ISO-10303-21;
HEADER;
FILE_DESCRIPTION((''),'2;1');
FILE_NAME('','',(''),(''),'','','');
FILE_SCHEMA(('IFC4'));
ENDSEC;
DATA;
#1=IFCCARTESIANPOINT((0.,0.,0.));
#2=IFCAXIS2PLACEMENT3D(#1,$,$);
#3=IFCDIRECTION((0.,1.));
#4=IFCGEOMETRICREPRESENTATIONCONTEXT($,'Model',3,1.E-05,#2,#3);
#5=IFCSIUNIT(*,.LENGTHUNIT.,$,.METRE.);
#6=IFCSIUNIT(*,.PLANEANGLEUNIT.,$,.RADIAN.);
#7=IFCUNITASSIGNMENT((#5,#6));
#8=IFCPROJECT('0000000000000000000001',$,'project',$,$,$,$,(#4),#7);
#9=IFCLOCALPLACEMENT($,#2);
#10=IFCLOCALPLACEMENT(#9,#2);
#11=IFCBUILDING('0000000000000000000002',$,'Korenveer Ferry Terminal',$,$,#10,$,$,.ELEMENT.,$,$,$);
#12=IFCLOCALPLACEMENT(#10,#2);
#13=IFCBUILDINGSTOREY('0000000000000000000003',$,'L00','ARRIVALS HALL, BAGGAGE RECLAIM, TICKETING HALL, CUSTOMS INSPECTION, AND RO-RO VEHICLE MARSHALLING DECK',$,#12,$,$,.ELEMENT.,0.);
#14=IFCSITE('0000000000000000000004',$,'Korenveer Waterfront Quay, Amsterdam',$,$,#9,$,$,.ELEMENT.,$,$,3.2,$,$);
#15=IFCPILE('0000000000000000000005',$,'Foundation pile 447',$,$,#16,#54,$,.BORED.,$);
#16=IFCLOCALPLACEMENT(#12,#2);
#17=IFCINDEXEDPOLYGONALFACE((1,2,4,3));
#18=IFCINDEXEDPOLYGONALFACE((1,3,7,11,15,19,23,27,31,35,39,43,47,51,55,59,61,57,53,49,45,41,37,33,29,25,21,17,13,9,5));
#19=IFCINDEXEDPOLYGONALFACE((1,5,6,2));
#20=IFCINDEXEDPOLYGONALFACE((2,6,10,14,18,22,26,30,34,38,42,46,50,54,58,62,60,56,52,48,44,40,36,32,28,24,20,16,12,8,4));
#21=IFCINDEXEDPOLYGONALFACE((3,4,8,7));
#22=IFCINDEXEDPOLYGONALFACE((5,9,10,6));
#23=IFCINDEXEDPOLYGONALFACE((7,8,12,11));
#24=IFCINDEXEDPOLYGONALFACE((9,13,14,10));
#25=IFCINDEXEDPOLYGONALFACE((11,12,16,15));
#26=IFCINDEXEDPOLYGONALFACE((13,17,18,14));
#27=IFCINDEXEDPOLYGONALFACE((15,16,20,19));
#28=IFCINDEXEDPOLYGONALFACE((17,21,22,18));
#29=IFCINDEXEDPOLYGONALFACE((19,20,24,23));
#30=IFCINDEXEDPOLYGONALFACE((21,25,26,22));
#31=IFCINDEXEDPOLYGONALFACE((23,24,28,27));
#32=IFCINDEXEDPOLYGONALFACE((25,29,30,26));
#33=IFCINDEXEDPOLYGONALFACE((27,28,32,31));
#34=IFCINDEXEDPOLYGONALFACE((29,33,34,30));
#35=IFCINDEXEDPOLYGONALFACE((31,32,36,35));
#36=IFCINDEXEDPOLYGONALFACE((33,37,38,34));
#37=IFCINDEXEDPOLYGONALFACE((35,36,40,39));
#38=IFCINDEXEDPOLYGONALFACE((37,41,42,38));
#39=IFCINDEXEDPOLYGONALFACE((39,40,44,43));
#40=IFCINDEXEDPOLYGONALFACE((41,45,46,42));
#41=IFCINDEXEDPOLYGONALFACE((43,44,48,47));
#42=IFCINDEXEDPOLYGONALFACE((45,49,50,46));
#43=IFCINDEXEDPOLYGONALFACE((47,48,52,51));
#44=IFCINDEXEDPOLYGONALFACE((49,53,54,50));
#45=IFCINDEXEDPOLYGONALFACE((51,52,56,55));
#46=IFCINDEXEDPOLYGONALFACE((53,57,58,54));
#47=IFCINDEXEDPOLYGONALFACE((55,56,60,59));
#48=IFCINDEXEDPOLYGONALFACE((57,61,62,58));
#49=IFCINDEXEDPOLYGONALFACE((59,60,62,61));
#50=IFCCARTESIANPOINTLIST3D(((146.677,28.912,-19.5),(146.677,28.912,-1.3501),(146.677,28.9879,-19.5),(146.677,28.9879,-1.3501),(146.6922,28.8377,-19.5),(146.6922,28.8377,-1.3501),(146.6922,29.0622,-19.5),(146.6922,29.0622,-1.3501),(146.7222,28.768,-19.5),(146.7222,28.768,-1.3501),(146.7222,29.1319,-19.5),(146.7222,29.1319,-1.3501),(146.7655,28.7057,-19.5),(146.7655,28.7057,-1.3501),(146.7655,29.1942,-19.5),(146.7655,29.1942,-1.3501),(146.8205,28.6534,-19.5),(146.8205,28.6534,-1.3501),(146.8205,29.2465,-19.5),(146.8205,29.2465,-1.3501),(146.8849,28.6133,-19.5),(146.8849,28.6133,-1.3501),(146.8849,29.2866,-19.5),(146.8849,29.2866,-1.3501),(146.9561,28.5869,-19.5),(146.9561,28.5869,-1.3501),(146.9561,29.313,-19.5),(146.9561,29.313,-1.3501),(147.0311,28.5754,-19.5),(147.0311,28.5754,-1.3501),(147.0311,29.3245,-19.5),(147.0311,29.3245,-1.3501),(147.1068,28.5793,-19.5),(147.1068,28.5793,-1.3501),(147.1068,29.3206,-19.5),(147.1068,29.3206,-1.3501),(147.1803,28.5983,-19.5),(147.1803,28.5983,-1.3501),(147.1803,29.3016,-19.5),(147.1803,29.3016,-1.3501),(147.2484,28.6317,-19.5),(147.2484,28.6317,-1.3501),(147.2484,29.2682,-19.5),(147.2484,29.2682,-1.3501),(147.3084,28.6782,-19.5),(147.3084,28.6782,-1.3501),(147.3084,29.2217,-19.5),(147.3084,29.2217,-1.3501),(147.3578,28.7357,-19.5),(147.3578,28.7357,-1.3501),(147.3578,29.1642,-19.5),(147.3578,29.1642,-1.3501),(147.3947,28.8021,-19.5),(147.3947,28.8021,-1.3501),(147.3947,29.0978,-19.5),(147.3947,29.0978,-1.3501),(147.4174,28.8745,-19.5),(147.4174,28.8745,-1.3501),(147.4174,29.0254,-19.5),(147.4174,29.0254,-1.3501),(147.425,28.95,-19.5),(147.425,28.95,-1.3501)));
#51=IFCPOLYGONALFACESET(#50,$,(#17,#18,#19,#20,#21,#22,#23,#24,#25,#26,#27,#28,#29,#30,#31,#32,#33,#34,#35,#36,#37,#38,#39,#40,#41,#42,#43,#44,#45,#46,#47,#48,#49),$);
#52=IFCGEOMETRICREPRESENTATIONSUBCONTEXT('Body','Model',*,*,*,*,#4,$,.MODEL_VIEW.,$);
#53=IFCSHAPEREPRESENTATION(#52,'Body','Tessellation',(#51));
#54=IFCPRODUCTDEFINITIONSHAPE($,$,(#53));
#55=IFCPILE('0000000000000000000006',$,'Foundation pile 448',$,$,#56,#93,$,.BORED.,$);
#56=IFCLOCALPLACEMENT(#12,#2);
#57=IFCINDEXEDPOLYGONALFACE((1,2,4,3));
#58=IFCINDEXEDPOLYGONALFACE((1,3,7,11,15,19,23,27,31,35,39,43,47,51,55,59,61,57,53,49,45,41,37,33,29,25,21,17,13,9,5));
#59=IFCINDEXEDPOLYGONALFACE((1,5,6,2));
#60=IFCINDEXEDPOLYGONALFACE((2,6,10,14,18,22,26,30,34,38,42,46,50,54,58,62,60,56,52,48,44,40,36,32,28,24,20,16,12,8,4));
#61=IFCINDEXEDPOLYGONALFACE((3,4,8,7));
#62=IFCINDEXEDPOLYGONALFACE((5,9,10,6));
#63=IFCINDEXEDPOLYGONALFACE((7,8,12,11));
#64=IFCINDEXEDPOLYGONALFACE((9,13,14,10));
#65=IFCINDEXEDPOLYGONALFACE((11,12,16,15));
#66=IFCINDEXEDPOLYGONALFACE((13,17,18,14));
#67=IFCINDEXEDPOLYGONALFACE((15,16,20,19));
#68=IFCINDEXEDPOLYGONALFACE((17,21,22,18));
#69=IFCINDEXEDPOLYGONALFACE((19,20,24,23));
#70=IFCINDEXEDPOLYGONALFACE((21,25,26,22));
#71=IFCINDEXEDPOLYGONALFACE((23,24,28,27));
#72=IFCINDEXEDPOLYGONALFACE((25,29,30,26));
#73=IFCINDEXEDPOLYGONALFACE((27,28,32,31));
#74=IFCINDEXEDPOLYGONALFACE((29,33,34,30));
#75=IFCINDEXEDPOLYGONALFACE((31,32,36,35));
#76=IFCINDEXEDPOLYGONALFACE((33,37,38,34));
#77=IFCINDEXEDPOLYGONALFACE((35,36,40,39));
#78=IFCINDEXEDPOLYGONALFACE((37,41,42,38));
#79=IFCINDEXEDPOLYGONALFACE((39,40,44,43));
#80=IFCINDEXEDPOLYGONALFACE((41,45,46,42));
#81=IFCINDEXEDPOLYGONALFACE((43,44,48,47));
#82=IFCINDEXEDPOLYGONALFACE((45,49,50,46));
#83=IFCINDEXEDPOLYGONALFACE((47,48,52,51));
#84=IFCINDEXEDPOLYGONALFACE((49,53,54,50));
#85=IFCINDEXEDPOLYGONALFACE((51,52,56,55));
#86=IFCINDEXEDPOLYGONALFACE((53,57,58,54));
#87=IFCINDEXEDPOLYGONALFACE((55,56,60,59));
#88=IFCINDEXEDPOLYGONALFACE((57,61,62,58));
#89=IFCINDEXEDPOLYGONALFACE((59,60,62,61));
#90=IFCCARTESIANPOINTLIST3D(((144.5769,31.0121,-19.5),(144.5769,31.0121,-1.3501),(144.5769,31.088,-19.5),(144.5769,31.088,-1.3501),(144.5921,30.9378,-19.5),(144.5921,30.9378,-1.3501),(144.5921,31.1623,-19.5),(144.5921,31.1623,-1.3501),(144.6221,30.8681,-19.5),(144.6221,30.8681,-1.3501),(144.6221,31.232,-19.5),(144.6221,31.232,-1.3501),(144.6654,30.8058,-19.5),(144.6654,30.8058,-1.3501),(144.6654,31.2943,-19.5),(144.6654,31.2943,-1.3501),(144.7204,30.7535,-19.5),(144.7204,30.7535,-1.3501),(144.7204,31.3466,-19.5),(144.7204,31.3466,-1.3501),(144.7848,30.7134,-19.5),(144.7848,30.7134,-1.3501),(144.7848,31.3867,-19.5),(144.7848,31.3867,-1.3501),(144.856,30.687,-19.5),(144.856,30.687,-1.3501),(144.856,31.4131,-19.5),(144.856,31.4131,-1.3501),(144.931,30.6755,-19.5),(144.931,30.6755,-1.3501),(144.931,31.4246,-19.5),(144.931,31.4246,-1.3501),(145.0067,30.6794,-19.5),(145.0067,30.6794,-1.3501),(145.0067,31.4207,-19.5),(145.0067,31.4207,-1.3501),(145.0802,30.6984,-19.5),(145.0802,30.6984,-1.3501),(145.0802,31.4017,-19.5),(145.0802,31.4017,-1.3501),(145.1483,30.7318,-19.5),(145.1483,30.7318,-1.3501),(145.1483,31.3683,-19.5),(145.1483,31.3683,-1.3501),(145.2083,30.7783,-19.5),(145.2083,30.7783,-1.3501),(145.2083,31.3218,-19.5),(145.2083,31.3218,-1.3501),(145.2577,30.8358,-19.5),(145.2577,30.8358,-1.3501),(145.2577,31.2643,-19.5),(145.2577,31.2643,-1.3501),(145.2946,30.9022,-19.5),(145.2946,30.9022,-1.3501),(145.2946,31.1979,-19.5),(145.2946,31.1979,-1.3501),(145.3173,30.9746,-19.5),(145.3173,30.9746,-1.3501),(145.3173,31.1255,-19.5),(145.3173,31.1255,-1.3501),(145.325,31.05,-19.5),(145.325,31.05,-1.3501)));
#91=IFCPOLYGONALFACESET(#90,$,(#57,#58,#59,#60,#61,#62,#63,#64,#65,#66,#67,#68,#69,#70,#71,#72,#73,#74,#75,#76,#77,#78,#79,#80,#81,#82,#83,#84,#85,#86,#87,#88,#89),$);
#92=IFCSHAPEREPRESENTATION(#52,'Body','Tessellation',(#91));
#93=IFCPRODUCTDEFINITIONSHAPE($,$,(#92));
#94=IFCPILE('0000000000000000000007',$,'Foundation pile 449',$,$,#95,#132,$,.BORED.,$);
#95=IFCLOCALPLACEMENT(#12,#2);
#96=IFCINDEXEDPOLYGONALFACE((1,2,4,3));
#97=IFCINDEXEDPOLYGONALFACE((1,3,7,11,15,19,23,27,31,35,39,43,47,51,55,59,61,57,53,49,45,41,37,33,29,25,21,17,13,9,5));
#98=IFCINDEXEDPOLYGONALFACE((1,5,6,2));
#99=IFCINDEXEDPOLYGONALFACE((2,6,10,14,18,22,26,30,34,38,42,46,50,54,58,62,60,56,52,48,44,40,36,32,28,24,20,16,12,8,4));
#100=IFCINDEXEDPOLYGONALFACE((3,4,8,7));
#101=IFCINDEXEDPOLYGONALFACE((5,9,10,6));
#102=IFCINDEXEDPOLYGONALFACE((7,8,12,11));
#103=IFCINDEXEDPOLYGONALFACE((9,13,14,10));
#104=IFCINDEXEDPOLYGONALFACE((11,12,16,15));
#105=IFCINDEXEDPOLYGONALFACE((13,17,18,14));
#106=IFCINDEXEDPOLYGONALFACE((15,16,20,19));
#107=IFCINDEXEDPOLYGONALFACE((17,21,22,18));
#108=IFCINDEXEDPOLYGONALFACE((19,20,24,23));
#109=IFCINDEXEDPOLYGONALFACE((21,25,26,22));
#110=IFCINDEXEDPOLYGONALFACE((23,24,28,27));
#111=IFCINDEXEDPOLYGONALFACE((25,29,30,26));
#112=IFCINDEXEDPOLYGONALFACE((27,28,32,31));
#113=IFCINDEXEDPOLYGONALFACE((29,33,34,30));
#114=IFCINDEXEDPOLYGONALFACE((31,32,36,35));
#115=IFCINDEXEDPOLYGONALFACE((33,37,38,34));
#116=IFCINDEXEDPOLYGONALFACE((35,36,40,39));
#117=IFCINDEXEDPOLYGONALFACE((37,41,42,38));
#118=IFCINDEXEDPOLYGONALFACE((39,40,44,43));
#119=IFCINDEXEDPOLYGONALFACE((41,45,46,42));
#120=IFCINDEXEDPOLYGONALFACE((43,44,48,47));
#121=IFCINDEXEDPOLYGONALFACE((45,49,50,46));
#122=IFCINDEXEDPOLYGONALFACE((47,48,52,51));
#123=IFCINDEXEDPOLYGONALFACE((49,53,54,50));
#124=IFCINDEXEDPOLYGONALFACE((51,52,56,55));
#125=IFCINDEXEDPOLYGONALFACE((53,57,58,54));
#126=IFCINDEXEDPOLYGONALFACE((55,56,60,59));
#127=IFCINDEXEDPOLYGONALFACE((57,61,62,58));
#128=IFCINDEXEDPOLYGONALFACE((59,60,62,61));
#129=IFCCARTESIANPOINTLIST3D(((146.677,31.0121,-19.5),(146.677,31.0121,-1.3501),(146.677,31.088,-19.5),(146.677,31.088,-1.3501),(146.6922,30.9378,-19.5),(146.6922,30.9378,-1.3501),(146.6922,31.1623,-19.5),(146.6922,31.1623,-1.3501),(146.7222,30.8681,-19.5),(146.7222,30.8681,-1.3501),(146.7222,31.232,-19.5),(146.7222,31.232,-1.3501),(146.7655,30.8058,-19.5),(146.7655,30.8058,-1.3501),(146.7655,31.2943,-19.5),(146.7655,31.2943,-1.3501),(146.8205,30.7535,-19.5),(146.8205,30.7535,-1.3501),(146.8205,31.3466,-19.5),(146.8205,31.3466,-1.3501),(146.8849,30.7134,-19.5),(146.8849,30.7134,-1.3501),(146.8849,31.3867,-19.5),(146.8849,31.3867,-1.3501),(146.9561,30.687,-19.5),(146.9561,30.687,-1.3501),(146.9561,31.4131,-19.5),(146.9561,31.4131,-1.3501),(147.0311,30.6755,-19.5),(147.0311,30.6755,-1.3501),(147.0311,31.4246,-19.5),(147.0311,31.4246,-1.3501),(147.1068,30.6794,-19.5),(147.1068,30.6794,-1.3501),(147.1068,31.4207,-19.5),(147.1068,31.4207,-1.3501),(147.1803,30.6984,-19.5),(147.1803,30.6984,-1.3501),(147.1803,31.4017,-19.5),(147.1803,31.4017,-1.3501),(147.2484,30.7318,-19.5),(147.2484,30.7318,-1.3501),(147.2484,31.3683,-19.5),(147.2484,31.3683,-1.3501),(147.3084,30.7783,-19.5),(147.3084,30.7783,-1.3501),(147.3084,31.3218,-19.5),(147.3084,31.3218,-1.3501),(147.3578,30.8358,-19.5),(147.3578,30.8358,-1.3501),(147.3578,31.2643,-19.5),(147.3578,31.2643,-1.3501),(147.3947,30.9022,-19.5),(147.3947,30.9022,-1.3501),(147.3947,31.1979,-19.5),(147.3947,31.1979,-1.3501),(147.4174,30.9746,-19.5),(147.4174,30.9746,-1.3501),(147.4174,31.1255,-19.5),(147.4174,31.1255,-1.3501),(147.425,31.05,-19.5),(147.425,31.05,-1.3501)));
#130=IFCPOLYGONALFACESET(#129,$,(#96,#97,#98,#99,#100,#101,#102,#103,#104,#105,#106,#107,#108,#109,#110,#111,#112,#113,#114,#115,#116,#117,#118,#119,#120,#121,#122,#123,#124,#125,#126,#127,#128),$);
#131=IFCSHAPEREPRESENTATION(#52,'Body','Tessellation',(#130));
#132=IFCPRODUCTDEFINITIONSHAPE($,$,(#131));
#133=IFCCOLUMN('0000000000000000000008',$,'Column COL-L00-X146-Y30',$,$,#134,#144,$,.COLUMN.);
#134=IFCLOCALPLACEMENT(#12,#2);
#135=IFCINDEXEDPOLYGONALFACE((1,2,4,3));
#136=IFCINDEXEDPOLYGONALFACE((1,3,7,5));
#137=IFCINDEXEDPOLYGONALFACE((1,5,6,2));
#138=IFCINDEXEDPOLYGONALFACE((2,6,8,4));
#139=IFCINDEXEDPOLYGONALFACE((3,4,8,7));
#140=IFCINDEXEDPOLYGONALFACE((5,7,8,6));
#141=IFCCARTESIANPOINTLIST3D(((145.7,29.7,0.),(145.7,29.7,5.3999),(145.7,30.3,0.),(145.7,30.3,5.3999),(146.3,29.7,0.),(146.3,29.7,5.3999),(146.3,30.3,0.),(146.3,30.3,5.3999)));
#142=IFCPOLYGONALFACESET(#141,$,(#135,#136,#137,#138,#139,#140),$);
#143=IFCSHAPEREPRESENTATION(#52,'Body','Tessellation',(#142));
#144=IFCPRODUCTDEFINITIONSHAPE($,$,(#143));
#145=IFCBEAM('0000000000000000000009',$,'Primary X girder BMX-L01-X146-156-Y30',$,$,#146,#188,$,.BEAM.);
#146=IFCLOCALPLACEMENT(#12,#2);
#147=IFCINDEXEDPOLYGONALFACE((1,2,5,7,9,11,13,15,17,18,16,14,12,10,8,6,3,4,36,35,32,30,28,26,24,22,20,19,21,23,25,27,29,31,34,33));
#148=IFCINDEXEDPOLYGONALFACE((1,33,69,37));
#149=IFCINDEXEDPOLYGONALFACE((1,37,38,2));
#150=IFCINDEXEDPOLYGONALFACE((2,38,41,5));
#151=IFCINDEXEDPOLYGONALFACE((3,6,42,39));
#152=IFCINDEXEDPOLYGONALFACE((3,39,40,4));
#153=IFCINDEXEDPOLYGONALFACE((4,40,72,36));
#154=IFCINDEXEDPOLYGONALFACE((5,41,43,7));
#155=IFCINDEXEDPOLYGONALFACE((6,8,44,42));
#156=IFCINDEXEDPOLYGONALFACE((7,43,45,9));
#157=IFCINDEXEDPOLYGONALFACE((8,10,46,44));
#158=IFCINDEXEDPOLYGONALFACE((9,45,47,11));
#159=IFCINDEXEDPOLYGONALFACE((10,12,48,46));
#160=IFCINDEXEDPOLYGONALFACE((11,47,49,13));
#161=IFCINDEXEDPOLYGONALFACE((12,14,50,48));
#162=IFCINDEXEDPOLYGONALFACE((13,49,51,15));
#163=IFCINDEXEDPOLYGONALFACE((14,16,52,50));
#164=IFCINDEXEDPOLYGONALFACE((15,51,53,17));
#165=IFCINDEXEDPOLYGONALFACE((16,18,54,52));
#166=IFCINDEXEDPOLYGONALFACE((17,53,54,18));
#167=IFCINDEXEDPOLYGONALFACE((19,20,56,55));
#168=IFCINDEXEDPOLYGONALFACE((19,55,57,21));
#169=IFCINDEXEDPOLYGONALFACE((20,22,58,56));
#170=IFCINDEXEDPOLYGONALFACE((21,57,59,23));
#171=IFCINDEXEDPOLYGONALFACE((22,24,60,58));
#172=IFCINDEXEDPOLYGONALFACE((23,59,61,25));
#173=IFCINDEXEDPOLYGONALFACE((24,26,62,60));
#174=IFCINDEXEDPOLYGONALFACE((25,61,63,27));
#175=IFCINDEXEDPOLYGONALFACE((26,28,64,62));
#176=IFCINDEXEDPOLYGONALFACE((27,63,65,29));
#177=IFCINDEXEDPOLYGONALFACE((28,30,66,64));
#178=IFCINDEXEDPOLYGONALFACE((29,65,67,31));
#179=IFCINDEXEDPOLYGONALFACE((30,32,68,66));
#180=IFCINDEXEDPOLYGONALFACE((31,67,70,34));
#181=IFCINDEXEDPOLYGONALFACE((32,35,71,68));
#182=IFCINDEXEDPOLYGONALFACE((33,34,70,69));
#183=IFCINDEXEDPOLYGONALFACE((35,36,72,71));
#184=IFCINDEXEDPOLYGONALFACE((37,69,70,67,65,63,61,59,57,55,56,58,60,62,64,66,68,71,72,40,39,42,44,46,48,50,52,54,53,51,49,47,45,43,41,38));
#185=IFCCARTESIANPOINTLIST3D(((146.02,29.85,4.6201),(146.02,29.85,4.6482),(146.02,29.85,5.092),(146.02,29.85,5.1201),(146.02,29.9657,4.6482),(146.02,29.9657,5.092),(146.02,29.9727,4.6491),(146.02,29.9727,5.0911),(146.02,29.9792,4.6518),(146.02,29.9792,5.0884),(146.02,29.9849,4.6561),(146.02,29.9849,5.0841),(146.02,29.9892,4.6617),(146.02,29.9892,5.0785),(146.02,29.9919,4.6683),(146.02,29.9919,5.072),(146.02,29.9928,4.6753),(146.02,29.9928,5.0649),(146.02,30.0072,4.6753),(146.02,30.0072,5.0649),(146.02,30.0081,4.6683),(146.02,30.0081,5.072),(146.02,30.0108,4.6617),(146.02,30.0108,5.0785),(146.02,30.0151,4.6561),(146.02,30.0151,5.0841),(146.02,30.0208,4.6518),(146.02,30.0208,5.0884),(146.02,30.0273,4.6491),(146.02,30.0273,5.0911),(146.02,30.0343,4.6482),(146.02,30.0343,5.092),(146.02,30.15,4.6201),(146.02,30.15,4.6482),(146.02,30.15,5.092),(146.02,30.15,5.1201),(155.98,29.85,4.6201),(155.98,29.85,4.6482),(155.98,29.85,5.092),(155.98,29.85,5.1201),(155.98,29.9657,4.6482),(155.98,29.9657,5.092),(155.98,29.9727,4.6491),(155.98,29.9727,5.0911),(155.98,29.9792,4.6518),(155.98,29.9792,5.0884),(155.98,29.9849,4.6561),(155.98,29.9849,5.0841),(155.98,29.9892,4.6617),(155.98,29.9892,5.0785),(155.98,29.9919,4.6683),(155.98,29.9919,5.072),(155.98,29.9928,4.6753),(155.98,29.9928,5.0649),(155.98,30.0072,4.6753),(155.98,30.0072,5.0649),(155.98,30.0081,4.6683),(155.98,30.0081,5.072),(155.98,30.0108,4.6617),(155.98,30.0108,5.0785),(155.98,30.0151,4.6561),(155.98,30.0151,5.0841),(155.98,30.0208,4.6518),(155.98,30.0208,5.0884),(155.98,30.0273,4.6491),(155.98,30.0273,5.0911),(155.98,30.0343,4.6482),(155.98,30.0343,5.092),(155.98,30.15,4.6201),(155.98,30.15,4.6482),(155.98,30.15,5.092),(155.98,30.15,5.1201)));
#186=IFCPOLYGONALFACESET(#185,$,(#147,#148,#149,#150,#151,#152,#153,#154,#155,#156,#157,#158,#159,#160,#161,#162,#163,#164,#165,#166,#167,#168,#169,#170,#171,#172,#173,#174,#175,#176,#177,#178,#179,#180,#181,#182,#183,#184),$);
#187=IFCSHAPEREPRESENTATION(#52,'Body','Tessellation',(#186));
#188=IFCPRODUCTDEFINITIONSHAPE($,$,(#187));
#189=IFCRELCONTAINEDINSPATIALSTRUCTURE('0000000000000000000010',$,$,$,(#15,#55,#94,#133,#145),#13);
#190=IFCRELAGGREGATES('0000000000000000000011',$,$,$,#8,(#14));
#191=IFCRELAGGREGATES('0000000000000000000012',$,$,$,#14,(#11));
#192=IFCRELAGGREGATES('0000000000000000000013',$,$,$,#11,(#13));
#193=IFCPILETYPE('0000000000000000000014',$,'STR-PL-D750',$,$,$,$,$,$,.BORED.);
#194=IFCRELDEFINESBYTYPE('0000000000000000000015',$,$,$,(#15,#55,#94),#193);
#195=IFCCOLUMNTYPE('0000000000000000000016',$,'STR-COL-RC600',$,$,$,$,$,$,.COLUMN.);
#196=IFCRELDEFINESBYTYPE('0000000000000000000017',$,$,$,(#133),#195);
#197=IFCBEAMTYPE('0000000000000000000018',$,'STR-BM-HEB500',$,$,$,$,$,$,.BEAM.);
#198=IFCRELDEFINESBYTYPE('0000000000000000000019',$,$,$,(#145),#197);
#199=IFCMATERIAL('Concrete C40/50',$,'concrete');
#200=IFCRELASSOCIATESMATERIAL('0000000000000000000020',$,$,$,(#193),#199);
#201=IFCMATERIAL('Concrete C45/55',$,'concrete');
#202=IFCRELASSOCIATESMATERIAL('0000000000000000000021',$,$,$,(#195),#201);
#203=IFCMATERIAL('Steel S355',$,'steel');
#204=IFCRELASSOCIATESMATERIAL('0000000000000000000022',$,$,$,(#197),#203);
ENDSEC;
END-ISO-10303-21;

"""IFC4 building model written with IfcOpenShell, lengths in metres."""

from ifc_helpers import new_model, si_unit, direction, frame, origin, origin_2d, place, context, subcontext, project, spatial, rectangle, circle, i_section, extrude, material, material_profile, profile_set, type_object, element, save


model = new_model("IFC4")

# Units and contexts
model_context = context("Model", 3, precision=1e-05, world=origin(), true_north=direction((0.0, 1.0)))
body_context = subcontext(model_context, "Body", "Model", "MODEL_VIEW")
ifc_project = project(units=[si_unit("LENGTHUNIT", "METRE"), si_unit("PLANEANGLEUNIT", "RADIAN")], contexts=[model_context])

# Site, building, storey
site_placement = place(None, origin())
site = spatial("IfcSite", under=ifc_project, at=site_placement, Name="Korenveer Waterfront Quay, Amsterdam", CompositionType="ELEMENT", RefElevation=3.2)
building_placement = place(site_placement, origin())
building = spatial("IfcBuilding", under=site, at=building_placement, Name="Korenveer Ferry Terminal", CompositionType="ELEMENT")
storey_placement = place(building_placement, origin())
storey = spatial("IfcBuildingStorey", under=building, at=storey_placement, Name="L00", Description="ARRIVALS HALL, BAGGAGE RECLAIM, TICKETING HALL, CUSTOMS INSPECTION, AND RO-RO VEHICLE MARSHALLING DECK", CompositionType="ELEMENT", Elevation=0.0)

# Shared definitions
ifc_material_1 = material(Name="Concrete C40/50", Category="concrete")
ifc_material_2 = material(Name="Concrete C45/55", Category="concrete")

# Piles
ifc_material_profile_1 = material_profile(ifc_material_1, circle(Radius=0.375, at=origin_2d()), Name="PILE D750")
ifc_profile_set_1 = profile_set([ifc_material_profile_1], Name="Concrete C40/50")
pile_type = type_object("IfcPileType", Name="STR-PL-D750", PredefinedType="BORED", material=ifc_profile_set_1)
for number, where, z_axis, x_axis, name in (
    (1, (147.05, 28.95, -1.3501), (0.0, 0.0, -1.0), (1.0, 0.0, 0.0), "Foundation pile 447"),
    (2, (144.95, 31.05, -1.3501), (0.0, 0.0, -1.0), (1.0, 0.0, 0.0), "Foundation pile 448"),
    (3, (147.05, 31.05, -1.3501), (0.0, 0.0, -1.0), (1.0, 0.0, 0.0), "Foundation pile 449"),
):
    element("IfcPile", number, at=place(storey_placement, frame(where, z_axis=z_axis, x_axis=x_axis)), inside=storey, type_object=pile_type, Name=name, PredefinedType="BORED", context=body_context, shape_type="SweptSolid", body=[
        extrude(circle(Radius=0.375, at=origin_2d()), origin(), (0.0, 0.0, 1.0), 18.1499),
    ])

# Column
ifc_material_profile_2 = material_profile(ifc_material_2, rectangle(XDim=0.6001, YDim=0.6001, at=origin_2d()), Name="RC 600x600")
ifc_profile_set_2 = profile_set([ifc_material_profile_2], Name="Concrete C45/55")
column_type = type_object("IfcColumnType", Name="STR-COL-RC600", PredefinedType="COLUMN", material=ifc_profile_set_2)
column_placement = place(storey_placement, frame((146.0, 30.0, 0.0), z_axis=(0.0, 0.0, 1.0), x_axis=(1.0, 0.0, 0.0)))
element("IfcColumn", 4, at=column_placement, inside=storey, type_object=column_type, Name="Column COL-L00-X146-Y30", PredefinedType="COLUMN", context=body_context, shape_type="SweptSolid", body=[
    extrude(rectangle(XDim=0.6001, YDim=0.6001, at=origin_2d()), origin(), (0.0, 0.0, 1.0), 5.3999),
])

# Beam
ifc_material_3 = material(Name="Steel S355", Category="steel")
ifc_material_profile_3 = material_profile(ifc_material_3, i_section(OverallWidth=0.3, OverallDepth=0.5, WebThickness=0.0144, FlangeThickness=0.0281, FilletRadius=0.0271, at=origin_2d()), Name="HEB 500")
ifc_profile_set_3 = profile_set([ifc_material_profile_3], Name="Steel S355")
beam_type_1 = type_object("IfcBeamType", Name="STR-BM-HEB500", PredefinedType="BEAM", material=ifc_profile_set_3)
beam_1_placement = place(storey_placement, frame((146.02, 30.0, 4.8701), z_axis=(1.0, 0.0, 0.0), x_axis=(0.0, 1.0, 0.0)))
element("IfcBeam", 5, at=beam_1_placement, inside=storey, type_object=beam_type_1, Name="Primary X girder BMX-L01-X146-156-Y30", PredefinedType="BEAM", context=body_context, shape_type="SweptSolid", body=[
    extrude(i_section(OverallWidth=0.3, OverallDepth=0.5, WebThickness=0.0144, FlangeThickness=0.0281, FilletRadius=0.0271, at=origin_2d()), origin(), (0.0, 0.0, 1.0), 9.96),
])

save(model, "model.ifc")
